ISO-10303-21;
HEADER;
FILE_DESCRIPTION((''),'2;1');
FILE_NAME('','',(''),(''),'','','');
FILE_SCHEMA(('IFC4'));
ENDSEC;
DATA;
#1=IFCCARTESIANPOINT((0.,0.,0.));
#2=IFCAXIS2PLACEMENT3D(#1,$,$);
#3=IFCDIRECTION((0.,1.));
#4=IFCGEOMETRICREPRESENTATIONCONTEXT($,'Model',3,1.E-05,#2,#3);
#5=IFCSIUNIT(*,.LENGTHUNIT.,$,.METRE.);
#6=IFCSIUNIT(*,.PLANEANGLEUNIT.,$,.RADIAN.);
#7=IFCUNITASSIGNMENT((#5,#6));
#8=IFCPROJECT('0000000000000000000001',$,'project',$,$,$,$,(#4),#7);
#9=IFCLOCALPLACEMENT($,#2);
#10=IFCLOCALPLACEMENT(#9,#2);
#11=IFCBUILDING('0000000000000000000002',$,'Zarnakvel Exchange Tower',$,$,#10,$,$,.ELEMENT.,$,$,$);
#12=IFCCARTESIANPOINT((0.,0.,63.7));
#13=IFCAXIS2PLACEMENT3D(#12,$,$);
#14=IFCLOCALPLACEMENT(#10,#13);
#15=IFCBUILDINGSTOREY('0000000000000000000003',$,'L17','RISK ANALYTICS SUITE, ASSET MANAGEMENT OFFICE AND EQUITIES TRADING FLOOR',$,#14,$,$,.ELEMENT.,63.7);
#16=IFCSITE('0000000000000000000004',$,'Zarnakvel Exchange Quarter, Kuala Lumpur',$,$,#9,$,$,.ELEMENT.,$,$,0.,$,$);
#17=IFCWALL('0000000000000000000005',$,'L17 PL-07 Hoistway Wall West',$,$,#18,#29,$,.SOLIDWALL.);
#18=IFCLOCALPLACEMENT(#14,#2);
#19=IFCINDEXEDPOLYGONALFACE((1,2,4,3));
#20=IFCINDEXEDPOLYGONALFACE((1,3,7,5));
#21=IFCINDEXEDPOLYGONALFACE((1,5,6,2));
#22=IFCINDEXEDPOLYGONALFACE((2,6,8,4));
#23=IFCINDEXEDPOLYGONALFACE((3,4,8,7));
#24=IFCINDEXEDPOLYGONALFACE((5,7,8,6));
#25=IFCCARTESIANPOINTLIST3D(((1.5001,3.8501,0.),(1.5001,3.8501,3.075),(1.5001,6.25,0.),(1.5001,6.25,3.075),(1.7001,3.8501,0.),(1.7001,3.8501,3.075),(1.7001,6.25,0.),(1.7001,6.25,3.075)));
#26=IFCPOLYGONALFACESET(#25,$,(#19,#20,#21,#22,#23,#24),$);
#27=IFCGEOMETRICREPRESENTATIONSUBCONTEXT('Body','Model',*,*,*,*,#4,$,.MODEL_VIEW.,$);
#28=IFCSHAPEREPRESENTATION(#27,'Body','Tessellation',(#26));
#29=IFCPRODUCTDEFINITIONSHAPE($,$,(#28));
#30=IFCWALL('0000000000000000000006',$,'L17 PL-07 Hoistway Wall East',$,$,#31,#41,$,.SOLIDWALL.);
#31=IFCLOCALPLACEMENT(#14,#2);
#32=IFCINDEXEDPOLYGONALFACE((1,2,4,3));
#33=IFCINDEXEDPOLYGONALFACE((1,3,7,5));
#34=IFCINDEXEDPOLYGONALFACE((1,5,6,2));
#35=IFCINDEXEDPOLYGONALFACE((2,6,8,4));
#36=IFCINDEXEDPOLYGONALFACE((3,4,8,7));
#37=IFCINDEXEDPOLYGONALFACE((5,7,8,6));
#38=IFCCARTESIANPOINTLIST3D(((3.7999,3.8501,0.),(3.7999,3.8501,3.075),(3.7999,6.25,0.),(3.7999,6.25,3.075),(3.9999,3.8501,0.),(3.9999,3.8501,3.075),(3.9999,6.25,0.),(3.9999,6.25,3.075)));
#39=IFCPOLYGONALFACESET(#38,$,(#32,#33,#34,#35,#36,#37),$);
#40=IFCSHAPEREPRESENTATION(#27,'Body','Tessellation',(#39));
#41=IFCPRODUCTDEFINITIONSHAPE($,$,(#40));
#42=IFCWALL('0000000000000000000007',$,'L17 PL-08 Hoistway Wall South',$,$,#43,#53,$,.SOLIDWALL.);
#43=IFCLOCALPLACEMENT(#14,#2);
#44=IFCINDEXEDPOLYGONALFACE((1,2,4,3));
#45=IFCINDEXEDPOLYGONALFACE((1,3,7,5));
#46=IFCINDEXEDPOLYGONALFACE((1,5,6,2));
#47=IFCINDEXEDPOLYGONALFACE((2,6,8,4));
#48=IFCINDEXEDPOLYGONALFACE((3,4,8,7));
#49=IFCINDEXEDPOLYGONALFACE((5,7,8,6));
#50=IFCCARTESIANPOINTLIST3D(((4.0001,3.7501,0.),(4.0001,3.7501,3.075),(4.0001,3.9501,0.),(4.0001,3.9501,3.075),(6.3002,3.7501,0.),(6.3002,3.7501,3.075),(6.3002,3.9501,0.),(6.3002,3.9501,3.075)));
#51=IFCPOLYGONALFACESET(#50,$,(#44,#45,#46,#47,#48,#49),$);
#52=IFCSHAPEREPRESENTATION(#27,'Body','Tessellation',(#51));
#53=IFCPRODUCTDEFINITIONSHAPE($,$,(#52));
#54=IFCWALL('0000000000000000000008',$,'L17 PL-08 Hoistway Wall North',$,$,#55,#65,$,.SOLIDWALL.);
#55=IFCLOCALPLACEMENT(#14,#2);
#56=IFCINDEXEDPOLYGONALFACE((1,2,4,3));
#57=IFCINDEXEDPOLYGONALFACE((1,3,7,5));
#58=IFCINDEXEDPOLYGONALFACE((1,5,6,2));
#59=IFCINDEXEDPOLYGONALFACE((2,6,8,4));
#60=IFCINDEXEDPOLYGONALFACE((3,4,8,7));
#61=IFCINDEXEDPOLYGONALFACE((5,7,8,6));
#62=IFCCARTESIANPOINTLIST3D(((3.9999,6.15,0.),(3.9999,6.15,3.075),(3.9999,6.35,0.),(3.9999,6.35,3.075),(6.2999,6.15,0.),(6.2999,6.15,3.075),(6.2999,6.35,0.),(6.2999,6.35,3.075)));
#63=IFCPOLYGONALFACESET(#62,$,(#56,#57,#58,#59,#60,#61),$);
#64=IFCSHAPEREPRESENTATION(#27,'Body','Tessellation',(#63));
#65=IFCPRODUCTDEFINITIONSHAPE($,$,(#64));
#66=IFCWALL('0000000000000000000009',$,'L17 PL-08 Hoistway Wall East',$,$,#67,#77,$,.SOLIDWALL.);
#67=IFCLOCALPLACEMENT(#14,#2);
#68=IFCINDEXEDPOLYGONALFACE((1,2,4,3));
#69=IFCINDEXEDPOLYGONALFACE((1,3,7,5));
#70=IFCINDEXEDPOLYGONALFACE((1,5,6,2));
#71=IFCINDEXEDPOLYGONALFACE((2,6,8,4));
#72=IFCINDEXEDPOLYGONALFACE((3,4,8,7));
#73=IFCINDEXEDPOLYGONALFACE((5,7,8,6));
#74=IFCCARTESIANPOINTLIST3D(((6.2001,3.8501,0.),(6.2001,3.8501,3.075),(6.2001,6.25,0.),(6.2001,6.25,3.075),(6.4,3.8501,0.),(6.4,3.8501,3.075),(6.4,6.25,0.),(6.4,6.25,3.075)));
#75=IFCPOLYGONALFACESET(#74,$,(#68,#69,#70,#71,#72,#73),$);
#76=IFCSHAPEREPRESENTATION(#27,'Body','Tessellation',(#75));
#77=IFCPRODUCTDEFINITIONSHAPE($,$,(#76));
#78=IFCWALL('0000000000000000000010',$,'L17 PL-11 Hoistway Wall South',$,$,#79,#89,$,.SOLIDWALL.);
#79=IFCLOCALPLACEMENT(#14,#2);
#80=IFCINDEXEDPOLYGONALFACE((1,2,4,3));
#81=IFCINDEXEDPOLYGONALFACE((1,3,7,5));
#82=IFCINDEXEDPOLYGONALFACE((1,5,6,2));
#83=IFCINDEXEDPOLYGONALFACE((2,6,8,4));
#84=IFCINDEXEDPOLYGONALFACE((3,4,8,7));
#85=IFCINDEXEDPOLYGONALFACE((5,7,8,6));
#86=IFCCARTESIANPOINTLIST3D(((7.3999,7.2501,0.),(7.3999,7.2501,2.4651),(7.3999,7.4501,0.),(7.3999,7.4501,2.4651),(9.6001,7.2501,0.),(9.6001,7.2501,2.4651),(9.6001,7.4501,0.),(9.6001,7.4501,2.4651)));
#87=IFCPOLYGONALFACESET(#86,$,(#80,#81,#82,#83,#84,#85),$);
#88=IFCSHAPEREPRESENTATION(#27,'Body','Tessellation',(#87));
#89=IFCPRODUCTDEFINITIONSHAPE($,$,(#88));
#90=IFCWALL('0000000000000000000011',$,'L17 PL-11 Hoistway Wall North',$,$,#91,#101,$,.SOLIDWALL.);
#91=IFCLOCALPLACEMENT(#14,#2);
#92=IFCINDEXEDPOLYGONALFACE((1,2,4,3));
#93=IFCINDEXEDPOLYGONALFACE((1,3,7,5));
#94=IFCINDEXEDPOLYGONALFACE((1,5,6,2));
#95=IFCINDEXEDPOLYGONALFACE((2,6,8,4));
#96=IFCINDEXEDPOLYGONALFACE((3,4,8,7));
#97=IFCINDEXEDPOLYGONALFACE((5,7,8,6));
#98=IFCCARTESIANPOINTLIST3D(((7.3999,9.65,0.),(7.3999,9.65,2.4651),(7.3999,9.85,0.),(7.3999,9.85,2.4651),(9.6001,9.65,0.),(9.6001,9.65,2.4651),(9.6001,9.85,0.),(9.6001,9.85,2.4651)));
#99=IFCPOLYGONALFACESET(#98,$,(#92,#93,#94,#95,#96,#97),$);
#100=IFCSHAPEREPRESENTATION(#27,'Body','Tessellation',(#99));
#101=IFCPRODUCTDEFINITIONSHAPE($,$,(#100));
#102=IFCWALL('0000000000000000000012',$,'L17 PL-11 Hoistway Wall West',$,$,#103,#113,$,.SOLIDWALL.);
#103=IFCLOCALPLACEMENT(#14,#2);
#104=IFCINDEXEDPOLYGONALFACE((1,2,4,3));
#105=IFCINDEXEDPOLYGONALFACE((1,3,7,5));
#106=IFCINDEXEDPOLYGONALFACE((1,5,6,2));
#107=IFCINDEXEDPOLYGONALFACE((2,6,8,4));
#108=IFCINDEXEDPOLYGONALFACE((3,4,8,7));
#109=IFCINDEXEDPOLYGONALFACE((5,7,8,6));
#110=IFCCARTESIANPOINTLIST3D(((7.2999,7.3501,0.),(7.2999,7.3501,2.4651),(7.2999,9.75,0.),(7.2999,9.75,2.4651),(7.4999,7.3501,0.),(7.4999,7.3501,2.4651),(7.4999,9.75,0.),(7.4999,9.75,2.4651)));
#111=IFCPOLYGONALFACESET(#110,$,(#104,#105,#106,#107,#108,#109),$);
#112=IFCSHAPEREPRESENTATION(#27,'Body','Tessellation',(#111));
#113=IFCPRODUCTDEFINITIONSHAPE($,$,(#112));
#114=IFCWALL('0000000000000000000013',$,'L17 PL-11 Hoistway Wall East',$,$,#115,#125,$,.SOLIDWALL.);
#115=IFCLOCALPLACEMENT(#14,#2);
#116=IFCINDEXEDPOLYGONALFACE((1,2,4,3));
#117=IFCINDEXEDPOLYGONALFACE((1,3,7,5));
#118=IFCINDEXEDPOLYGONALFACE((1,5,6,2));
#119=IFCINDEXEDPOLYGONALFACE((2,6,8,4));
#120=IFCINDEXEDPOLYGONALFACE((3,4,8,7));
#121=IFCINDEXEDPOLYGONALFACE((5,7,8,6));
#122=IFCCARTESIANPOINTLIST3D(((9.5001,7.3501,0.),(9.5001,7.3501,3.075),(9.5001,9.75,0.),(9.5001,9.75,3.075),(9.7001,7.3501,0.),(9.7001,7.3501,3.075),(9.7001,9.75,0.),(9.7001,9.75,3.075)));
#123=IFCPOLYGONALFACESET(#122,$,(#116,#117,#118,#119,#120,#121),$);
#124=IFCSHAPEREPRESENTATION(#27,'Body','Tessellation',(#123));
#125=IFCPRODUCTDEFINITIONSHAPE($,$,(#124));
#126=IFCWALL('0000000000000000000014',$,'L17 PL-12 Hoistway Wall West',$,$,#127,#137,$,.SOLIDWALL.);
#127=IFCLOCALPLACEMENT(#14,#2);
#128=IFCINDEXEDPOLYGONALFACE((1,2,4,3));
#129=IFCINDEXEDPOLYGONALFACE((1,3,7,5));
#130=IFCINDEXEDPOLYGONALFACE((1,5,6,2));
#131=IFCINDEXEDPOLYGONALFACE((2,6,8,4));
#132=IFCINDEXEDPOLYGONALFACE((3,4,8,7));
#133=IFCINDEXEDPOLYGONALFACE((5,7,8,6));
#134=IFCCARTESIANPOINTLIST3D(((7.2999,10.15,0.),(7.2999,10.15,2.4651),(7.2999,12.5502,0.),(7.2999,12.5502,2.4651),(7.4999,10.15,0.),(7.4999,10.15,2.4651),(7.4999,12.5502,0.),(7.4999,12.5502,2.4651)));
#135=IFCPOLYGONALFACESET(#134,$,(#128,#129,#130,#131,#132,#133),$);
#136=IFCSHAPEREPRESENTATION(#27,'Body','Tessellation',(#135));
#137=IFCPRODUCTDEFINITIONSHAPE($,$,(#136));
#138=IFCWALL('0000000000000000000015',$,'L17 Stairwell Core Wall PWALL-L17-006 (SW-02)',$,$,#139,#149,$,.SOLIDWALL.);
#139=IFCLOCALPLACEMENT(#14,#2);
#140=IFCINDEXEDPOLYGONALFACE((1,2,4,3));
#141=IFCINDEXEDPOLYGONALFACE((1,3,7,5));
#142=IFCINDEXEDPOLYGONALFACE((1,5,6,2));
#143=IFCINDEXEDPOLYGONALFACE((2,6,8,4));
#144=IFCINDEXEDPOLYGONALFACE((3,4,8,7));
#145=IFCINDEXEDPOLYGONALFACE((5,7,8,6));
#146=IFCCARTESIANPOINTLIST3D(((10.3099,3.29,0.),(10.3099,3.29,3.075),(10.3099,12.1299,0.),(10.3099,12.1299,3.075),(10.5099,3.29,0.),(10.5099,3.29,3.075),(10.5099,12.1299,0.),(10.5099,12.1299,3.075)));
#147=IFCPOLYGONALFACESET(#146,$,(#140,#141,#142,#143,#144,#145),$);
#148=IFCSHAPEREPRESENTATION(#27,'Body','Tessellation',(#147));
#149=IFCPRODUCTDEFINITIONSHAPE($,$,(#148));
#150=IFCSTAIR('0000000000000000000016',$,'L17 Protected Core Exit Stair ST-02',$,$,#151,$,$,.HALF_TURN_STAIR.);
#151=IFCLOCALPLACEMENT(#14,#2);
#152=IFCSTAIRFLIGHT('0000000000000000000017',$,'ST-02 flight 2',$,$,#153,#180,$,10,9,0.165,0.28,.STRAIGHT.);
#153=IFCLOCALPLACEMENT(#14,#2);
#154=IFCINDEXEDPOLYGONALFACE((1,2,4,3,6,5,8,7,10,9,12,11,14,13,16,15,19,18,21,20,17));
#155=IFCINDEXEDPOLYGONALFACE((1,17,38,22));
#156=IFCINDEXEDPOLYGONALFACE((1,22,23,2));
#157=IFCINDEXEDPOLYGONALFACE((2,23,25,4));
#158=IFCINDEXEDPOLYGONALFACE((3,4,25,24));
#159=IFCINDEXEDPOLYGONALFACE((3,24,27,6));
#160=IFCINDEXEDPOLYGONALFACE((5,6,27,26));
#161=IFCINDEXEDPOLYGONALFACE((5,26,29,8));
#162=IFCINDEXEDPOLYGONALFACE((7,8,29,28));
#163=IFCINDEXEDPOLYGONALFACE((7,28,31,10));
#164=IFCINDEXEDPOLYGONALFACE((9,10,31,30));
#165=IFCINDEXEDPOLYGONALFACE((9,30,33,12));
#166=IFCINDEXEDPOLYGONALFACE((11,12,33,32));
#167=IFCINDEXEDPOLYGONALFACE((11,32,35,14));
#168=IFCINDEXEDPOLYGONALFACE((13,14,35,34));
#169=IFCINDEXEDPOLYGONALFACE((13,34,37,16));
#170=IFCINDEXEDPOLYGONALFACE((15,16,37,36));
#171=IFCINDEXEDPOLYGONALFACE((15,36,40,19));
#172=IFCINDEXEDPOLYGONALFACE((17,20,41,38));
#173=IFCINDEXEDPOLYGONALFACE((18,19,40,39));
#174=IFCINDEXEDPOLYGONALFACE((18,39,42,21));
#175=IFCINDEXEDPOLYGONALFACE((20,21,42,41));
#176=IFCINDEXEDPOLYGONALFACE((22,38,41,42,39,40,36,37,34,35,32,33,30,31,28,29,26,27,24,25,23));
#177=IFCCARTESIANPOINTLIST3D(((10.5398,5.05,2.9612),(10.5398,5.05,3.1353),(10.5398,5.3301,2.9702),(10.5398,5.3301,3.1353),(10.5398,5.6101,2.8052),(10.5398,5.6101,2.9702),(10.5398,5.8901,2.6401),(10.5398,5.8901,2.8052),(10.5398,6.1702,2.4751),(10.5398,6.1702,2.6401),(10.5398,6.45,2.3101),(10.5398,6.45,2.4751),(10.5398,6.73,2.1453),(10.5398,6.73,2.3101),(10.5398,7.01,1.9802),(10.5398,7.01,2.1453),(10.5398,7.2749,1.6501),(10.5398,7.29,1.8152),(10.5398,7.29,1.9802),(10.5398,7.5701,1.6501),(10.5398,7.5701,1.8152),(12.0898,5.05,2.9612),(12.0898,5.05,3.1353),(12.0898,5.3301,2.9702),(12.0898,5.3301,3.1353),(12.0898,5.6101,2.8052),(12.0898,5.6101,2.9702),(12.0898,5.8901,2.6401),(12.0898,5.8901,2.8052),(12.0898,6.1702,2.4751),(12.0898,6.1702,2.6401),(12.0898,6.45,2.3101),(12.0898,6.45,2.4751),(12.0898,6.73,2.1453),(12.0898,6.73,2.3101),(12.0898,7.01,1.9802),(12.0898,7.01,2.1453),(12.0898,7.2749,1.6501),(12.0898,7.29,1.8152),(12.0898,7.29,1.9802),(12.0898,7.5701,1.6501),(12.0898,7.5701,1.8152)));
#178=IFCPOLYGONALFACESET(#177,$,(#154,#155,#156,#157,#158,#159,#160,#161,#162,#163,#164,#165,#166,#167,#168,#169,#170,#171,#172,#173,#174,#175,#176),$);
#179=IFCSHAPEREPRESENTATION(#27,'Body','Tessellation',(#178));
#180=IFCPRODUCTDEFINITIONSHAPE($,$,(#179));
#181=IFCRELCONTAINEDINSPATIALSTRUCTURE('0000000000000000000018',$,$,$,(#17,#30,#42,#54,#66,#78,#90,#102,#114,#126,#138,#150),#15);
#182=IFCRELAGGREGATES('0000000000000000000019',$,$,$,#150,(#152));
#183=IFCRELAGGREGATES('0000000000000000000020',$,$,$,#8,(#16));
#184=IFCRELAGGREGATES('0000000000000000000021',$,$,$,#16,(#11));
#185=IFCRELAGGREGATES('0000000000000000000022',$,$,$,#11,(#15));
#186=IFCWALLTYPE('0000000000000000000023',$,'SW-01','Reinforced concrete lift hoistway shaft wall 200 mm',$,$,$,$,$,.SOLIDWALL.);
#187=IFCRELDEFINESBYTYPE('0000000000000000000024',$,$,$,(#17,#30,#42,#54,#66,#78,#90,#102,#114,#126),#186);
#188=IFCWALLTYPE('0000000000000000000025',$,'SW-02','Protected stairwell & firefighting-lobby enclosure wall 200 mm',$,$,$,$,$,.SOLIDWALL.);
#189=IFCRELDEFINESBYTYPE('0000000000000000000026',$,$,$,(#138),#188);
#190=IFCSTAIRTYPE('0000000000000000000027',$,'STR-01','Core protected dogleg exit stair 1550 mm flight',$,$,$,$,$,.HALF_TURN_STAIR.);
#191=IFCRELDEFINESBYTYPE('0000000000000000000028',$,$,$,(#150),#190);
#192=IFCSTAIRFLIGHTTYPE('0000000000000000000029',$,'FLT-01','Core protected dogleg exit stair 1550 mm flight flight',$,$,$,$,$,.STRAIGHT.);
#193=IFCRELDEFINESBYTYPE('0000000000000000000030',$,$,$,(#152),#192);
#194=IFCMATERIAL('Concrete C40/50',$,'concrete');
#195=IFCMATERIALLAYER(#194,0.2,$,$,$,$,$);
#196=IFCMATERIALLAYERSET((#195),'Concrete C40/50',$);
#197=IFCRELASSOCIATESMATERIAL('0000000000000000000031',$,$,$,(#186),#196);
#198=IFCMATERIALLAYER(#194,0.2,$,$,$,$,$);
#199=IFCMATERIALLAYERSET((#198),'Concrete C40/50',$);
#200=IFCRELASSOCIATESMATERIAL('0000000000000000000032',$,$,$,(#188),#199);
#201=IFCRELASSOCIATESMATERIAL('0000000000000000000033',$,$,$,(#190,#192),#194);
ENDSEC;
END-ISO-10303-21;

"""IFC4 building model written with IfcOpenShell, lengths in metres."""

from ifc_helpers import new_model, si_unit, direction, frame, frame_2d, origin, place, context, subcontext, project, spatial, polyline, rectangle, outline, extrude, material, layer, layer_set, type_object, element, aggregate, save


model = new_model("IFC4")

# Units and contexts
model_context = context("Model", 3, precision=1e-05, world=origin(), true_north=direction((0.0, 1.0)))
body_context = subcontext(model_context, "Body", "Model", "MODEL_VIEW")
ifc_project = project(units=[si_unit("LENGTHUNIT", "METRE"), si_unit("PLANEANGLEUNIT", "RADIAN")], contexts=[model_context])

# Site, building, storey
site_placement = place(None, origin())
site = spatial("IfcSite", under=ifc_project, at=site_placement, Name="Zarnakvel Exchange Quarter, Kuala Lumpur", CompositionType="ELEMENT", RefElevation=0.0)
building_placement = place(site_placement, origin())
building = spatial("IfcBuilding", under=site, at=building_placement, Name="Zarnakvel Exchange Tower", CompositionType="ELEMENT")
storey_placement = place(building_placement, frame((0.0, 0.0, 63.7)))
storey = spatial("IfcBuildingStorey", under=building, at=storey_placement, Name="L17", Description="RISK ANALYTICS SUITE, ASSET MANAGEMENT OFFICE AND EQUITIES TRADING FLOOR", CompositionType="ELEMENT", Elevation=63.7)

# Shared definitions
ifc_material_1 = material(Name="Concrete C40/50", Category="concrete")
ifc_layer_1 = layer(ifc_material_1, 0.2)
ifc_layer_set_1 = layer_set([ifc_layer_1], Name="Concrete C40/50")
wall_type_1 = type_object("IfcWallType", Name="SW-01", Description="Reinforced concrete lift hoistway shaft wall 200 mm", PredefinedType="SOLIDWALL", material=ifc_layer_set_1)

# Walls
for number, where, z_axis, x_axis, name in (
    (1, (1.6001, 3.8501, 0.0), (0.0, 0.0, 1.0), (0.0, 1.0, 0.0), "L17 PL-07 Hoistway Wall West"),
    (2, (3.8999, 6.25, 0.0), (0.0, 0.0, 1.0), (0.0, -1.0, 0.0), "L17 PL-07 Hoistway Wall East"),
):
    element("IfcWall", number, at=place(storey_placement, frame(where, z_axis=z_axis, x_axis=x_axis)), inside=storey, type_object=wall_type_1, Name=name, PredefinedType="SOLIDWALL", context=body_context, shape_type="SweptSolid", body=[
        extrude(rectangle(XDim=2.3999, YDim=0.2, at=frame_2d((1.2, 0.0))), origin(), (0.0, 0.0, 1.0), 3.075),
    ])
for number, where, z_axis, x_axis, name in (
    (3, (6.3, 3.8501, 0.0), (0.0, 0.0, 1.0), (-1.0, 0.0, 0.0), "L17 PL-08 Hoistway Wall South"),
    (4, (4.0, 6.25, 0.0), (0.0, 0.0, 1.0), (1.0, 0.0, 0.0), "L17 PL-08 Hoistway Wall North"),
):
    element("IfcWall", number, at=place(storey_placement, frame(where, z_axis=z_axis, x_axis=x_axis)), inside=storey, type_object=wall_type_1, Name=name, PredefinedType="SOLIDWALL", context=body_context, shape_type="SweptSolid", body=[
        extrude(rectangle(XDim=2.3, YDim=0.2, at=frame_2d((1.1499, 0.0))), origin(), (0.0, 0.0, 1.0), 3.075),
    ])
wall_1_placement = place(storey_placement, frame((6.3, 6.25, 0.0), z_axis=(0.0, 0.0, 1.0), x_axis=(0.0, -1.0, 0.0)))
element("IfcWall", 5, at=wall_1_placement, inside=storey, type_object=wall_type_1, Name="L17 PL-08 Hoistway Wall East", PredefinedType="SOLIDWALL", context=body_context, shape_type="SweptSolid", body=[
    extrude(rectangle(XDim=2.3999, YDim=0.2, at=frame_2d((1.2, 0.0))), origin(), (0.0, 0.0, 1.0), 3.075),
])
for number, where, z_axis, x_axis, name in (
    (6, (9.6001, 7.3501, 0.0), (0.0, 0.0, 1.0), (-1.0, 0.0, 0.0), "L17 PL-11 Hoistway Wall South"),
    (7, (7.3999, 9.75, 0.0), (0.0, 0.0, 1.0), (1.0, 0.0, 0.0), "L17 PL-11 Hoistway Wall North"),
):
    element("IfcWall", number, at=place(storey_placement, frame(where, z_axis=z_axis, x_axis=x_axis)), inside=storey, type_object=wall_type_1, Name=name, PredefinedType="SOLIDWALL", context=body_context, shape_type="SweptSolid", body=[
        extrude(rectangle(XDim=2.2002, YDim=0.2, at=frame_2d((1.1001, 0.0))), origin(), (0.0, 0.0, 1.0), 2.4651),
    ])
wall_2_placement = place(storey_placement, frame((7.3999, 7.3501, 0.0), z_axis=(0.0, 0.0, 1.0), x_axis=(0.0, 1.0, 0.0)))
element("IfcWall", 8, at=wall_2_placement, inside=storey, type_object=wall_type_1, Name="L17 PL-11 Hoistway Wall West", PredefinedType="SOLIDWALL", context=body_context, shape_type="SweptSolid", body=[
    extrude(rectangle(XDim=2.3999, YDim=0.2, at=frame_2d((1.2, 0.0))), origin(), (0.0, 0.0, 1.0), 2.4651),
])
wall_3_placement = place(storey_placement, frame((9.6001, 9.75, 0.0), z_axis=(0.0, 0.0, 1.0), x_axis=(0.0, -1.0, 0.0)))
element("IfcWall", 9, at=wall_3_placement, inside=storey, type_object=wall_type_1, Name="L17 PL-11 Hoistway Wall East", PredefinedType="SOLIDWALL", context=body_context, shape_type="SweptSolid", body=[
    extrude(rectangle(XDim=2.3999, YDim=0.2, at=frame_2d((1.2, 0.0))), origin(), (0.0, 0.0, 1.0), 3.075),
])
wall_4_placement = place(storey_placement, frame((7.3999, 10.1499, 0.0), z_axis=(0.0, 0.0, 1.0), x_axis=(0.0, 1.0, 0.0)))
element("IfcWall", 10, at=wall_4_placement, inside=storey, type_object=wall_type_1, Name="L17 PL-12 Hoistway Wall West", PredefinedType="SOLIDWALL", context=body_context, shape_type="SweptSolid", body=[
    extrude(rectangle(XDim=2.4001, YDim=0.2, at=frame_2d((1.2002, 0.0))), origin(), (0.0, 0.0, 1.0), 2.4651),
])
ifc_layer_2 = layer(ifc_material_1, 0.2)
ifc_layer_set_2 = layer_set([ifc_layer_2], Name="Concrete C40/50")
wall_type_2 = type_object("IfcWallType", Name="SW-02", Description="Protected stairwell & firefighting-lobby enclosure wall 200 mm", PredefinedType="SOLIDWALL", material=ifc_layer_set_2)
wall_5_placement = place(storey_placement, frame((10.4099, 3.29, 0.0), z_axis=(0.0, 0.0, 1.0), x_axis=(0.0, 1.0, 0.0)))
element("IfcWall", 11, at=wall_5_placement, inside=storey, type_object=wall_type_2, Name="L17 Stairwell Core Wall PWALL-L17-006 (SW-02)", PredefinedType="SOLIDWALL", context=body_context, shape_type="SweptSolid", body=[
    extrude(rectangle(XDim=8.8398, YDim=0.2, at=frame_2d((4.4199, 0.0))), origin(), (0.0, 0.0, 1.0), 3.075),
])

# Stair, stair flight
stair_type = type_object("IfcStairType", Name="STR-01", Description="Core protected dogleg exit stair 1550 mm flight", PredefinedType="HALF_TURN_STAIR", material=ifc_material_1)
stair_placement = place(storey_placement, origin())
stair = element("IfcStair", 12, at=stair_placement, inside=storey, type_object=stair_type, Name="L17 Protected Core Exit Stair ST-02", PredefinedType="HALF_TURN_STAIR")
stair_flight_type = type_object("IfcStairFlightType", Name="FLT-01", Description="Core protected dogleg exit stair 1550 mm flight flight", PredefinedType="STRAIGHT", material=ifc_material_1)
stair_flight_placement = place(storey_placement, frame((11.3149, 7.5701, 1.6501), z_axis=(0.0, 0.0, 1.0), x_axis=(0.0, -1.0, 0.0)))
stair_flight = element("IfcStairFlight", 13, at=stair_flight_placement, type_object=stair_flight_type, Name="ST-02 flight 2", NumberOfRisers=10, NumberOfTreads=9, PredefinedType="STRAIGHT", RiserHeight=0.165, TreadLength=0.28, context=body_context, shape_type="SweptSolid", body=[
    extrude(outline(polyline([(0.0, 0.0), (0.0, 0.165), (0.28, 0.165), (0.28, 0.3301), (0.5601, 0.3301), (0.5601, 0.4951), (0.8401, 0.4951), (0.8401, 0.6599), (1.1201, 0.6599), (1.1201, 0.825), (1.3999, 0.825), (1.3999, 0.99), (1.6799, 0.99), (1.6799, 1.155), (1.96, 1.155), (1.96, 1.3201), (2.24, 1.3201), (2.24, 1.4851), (2.52, 1.4851), (2.52, 1.6499), (2.52, 1.311), (0.2952, 0.0), (0.0, 0.0)])), frame((0.0, 0.7749, 0.0), z_axis=(0.0, -1.0, 0.0), x_axis=(1.0, 0.0, 0.0)), (0.0, 0.0, 1.0), 1.55),
])
aggregate(stair, [stair_flight])

save(model, "model.ifc")
